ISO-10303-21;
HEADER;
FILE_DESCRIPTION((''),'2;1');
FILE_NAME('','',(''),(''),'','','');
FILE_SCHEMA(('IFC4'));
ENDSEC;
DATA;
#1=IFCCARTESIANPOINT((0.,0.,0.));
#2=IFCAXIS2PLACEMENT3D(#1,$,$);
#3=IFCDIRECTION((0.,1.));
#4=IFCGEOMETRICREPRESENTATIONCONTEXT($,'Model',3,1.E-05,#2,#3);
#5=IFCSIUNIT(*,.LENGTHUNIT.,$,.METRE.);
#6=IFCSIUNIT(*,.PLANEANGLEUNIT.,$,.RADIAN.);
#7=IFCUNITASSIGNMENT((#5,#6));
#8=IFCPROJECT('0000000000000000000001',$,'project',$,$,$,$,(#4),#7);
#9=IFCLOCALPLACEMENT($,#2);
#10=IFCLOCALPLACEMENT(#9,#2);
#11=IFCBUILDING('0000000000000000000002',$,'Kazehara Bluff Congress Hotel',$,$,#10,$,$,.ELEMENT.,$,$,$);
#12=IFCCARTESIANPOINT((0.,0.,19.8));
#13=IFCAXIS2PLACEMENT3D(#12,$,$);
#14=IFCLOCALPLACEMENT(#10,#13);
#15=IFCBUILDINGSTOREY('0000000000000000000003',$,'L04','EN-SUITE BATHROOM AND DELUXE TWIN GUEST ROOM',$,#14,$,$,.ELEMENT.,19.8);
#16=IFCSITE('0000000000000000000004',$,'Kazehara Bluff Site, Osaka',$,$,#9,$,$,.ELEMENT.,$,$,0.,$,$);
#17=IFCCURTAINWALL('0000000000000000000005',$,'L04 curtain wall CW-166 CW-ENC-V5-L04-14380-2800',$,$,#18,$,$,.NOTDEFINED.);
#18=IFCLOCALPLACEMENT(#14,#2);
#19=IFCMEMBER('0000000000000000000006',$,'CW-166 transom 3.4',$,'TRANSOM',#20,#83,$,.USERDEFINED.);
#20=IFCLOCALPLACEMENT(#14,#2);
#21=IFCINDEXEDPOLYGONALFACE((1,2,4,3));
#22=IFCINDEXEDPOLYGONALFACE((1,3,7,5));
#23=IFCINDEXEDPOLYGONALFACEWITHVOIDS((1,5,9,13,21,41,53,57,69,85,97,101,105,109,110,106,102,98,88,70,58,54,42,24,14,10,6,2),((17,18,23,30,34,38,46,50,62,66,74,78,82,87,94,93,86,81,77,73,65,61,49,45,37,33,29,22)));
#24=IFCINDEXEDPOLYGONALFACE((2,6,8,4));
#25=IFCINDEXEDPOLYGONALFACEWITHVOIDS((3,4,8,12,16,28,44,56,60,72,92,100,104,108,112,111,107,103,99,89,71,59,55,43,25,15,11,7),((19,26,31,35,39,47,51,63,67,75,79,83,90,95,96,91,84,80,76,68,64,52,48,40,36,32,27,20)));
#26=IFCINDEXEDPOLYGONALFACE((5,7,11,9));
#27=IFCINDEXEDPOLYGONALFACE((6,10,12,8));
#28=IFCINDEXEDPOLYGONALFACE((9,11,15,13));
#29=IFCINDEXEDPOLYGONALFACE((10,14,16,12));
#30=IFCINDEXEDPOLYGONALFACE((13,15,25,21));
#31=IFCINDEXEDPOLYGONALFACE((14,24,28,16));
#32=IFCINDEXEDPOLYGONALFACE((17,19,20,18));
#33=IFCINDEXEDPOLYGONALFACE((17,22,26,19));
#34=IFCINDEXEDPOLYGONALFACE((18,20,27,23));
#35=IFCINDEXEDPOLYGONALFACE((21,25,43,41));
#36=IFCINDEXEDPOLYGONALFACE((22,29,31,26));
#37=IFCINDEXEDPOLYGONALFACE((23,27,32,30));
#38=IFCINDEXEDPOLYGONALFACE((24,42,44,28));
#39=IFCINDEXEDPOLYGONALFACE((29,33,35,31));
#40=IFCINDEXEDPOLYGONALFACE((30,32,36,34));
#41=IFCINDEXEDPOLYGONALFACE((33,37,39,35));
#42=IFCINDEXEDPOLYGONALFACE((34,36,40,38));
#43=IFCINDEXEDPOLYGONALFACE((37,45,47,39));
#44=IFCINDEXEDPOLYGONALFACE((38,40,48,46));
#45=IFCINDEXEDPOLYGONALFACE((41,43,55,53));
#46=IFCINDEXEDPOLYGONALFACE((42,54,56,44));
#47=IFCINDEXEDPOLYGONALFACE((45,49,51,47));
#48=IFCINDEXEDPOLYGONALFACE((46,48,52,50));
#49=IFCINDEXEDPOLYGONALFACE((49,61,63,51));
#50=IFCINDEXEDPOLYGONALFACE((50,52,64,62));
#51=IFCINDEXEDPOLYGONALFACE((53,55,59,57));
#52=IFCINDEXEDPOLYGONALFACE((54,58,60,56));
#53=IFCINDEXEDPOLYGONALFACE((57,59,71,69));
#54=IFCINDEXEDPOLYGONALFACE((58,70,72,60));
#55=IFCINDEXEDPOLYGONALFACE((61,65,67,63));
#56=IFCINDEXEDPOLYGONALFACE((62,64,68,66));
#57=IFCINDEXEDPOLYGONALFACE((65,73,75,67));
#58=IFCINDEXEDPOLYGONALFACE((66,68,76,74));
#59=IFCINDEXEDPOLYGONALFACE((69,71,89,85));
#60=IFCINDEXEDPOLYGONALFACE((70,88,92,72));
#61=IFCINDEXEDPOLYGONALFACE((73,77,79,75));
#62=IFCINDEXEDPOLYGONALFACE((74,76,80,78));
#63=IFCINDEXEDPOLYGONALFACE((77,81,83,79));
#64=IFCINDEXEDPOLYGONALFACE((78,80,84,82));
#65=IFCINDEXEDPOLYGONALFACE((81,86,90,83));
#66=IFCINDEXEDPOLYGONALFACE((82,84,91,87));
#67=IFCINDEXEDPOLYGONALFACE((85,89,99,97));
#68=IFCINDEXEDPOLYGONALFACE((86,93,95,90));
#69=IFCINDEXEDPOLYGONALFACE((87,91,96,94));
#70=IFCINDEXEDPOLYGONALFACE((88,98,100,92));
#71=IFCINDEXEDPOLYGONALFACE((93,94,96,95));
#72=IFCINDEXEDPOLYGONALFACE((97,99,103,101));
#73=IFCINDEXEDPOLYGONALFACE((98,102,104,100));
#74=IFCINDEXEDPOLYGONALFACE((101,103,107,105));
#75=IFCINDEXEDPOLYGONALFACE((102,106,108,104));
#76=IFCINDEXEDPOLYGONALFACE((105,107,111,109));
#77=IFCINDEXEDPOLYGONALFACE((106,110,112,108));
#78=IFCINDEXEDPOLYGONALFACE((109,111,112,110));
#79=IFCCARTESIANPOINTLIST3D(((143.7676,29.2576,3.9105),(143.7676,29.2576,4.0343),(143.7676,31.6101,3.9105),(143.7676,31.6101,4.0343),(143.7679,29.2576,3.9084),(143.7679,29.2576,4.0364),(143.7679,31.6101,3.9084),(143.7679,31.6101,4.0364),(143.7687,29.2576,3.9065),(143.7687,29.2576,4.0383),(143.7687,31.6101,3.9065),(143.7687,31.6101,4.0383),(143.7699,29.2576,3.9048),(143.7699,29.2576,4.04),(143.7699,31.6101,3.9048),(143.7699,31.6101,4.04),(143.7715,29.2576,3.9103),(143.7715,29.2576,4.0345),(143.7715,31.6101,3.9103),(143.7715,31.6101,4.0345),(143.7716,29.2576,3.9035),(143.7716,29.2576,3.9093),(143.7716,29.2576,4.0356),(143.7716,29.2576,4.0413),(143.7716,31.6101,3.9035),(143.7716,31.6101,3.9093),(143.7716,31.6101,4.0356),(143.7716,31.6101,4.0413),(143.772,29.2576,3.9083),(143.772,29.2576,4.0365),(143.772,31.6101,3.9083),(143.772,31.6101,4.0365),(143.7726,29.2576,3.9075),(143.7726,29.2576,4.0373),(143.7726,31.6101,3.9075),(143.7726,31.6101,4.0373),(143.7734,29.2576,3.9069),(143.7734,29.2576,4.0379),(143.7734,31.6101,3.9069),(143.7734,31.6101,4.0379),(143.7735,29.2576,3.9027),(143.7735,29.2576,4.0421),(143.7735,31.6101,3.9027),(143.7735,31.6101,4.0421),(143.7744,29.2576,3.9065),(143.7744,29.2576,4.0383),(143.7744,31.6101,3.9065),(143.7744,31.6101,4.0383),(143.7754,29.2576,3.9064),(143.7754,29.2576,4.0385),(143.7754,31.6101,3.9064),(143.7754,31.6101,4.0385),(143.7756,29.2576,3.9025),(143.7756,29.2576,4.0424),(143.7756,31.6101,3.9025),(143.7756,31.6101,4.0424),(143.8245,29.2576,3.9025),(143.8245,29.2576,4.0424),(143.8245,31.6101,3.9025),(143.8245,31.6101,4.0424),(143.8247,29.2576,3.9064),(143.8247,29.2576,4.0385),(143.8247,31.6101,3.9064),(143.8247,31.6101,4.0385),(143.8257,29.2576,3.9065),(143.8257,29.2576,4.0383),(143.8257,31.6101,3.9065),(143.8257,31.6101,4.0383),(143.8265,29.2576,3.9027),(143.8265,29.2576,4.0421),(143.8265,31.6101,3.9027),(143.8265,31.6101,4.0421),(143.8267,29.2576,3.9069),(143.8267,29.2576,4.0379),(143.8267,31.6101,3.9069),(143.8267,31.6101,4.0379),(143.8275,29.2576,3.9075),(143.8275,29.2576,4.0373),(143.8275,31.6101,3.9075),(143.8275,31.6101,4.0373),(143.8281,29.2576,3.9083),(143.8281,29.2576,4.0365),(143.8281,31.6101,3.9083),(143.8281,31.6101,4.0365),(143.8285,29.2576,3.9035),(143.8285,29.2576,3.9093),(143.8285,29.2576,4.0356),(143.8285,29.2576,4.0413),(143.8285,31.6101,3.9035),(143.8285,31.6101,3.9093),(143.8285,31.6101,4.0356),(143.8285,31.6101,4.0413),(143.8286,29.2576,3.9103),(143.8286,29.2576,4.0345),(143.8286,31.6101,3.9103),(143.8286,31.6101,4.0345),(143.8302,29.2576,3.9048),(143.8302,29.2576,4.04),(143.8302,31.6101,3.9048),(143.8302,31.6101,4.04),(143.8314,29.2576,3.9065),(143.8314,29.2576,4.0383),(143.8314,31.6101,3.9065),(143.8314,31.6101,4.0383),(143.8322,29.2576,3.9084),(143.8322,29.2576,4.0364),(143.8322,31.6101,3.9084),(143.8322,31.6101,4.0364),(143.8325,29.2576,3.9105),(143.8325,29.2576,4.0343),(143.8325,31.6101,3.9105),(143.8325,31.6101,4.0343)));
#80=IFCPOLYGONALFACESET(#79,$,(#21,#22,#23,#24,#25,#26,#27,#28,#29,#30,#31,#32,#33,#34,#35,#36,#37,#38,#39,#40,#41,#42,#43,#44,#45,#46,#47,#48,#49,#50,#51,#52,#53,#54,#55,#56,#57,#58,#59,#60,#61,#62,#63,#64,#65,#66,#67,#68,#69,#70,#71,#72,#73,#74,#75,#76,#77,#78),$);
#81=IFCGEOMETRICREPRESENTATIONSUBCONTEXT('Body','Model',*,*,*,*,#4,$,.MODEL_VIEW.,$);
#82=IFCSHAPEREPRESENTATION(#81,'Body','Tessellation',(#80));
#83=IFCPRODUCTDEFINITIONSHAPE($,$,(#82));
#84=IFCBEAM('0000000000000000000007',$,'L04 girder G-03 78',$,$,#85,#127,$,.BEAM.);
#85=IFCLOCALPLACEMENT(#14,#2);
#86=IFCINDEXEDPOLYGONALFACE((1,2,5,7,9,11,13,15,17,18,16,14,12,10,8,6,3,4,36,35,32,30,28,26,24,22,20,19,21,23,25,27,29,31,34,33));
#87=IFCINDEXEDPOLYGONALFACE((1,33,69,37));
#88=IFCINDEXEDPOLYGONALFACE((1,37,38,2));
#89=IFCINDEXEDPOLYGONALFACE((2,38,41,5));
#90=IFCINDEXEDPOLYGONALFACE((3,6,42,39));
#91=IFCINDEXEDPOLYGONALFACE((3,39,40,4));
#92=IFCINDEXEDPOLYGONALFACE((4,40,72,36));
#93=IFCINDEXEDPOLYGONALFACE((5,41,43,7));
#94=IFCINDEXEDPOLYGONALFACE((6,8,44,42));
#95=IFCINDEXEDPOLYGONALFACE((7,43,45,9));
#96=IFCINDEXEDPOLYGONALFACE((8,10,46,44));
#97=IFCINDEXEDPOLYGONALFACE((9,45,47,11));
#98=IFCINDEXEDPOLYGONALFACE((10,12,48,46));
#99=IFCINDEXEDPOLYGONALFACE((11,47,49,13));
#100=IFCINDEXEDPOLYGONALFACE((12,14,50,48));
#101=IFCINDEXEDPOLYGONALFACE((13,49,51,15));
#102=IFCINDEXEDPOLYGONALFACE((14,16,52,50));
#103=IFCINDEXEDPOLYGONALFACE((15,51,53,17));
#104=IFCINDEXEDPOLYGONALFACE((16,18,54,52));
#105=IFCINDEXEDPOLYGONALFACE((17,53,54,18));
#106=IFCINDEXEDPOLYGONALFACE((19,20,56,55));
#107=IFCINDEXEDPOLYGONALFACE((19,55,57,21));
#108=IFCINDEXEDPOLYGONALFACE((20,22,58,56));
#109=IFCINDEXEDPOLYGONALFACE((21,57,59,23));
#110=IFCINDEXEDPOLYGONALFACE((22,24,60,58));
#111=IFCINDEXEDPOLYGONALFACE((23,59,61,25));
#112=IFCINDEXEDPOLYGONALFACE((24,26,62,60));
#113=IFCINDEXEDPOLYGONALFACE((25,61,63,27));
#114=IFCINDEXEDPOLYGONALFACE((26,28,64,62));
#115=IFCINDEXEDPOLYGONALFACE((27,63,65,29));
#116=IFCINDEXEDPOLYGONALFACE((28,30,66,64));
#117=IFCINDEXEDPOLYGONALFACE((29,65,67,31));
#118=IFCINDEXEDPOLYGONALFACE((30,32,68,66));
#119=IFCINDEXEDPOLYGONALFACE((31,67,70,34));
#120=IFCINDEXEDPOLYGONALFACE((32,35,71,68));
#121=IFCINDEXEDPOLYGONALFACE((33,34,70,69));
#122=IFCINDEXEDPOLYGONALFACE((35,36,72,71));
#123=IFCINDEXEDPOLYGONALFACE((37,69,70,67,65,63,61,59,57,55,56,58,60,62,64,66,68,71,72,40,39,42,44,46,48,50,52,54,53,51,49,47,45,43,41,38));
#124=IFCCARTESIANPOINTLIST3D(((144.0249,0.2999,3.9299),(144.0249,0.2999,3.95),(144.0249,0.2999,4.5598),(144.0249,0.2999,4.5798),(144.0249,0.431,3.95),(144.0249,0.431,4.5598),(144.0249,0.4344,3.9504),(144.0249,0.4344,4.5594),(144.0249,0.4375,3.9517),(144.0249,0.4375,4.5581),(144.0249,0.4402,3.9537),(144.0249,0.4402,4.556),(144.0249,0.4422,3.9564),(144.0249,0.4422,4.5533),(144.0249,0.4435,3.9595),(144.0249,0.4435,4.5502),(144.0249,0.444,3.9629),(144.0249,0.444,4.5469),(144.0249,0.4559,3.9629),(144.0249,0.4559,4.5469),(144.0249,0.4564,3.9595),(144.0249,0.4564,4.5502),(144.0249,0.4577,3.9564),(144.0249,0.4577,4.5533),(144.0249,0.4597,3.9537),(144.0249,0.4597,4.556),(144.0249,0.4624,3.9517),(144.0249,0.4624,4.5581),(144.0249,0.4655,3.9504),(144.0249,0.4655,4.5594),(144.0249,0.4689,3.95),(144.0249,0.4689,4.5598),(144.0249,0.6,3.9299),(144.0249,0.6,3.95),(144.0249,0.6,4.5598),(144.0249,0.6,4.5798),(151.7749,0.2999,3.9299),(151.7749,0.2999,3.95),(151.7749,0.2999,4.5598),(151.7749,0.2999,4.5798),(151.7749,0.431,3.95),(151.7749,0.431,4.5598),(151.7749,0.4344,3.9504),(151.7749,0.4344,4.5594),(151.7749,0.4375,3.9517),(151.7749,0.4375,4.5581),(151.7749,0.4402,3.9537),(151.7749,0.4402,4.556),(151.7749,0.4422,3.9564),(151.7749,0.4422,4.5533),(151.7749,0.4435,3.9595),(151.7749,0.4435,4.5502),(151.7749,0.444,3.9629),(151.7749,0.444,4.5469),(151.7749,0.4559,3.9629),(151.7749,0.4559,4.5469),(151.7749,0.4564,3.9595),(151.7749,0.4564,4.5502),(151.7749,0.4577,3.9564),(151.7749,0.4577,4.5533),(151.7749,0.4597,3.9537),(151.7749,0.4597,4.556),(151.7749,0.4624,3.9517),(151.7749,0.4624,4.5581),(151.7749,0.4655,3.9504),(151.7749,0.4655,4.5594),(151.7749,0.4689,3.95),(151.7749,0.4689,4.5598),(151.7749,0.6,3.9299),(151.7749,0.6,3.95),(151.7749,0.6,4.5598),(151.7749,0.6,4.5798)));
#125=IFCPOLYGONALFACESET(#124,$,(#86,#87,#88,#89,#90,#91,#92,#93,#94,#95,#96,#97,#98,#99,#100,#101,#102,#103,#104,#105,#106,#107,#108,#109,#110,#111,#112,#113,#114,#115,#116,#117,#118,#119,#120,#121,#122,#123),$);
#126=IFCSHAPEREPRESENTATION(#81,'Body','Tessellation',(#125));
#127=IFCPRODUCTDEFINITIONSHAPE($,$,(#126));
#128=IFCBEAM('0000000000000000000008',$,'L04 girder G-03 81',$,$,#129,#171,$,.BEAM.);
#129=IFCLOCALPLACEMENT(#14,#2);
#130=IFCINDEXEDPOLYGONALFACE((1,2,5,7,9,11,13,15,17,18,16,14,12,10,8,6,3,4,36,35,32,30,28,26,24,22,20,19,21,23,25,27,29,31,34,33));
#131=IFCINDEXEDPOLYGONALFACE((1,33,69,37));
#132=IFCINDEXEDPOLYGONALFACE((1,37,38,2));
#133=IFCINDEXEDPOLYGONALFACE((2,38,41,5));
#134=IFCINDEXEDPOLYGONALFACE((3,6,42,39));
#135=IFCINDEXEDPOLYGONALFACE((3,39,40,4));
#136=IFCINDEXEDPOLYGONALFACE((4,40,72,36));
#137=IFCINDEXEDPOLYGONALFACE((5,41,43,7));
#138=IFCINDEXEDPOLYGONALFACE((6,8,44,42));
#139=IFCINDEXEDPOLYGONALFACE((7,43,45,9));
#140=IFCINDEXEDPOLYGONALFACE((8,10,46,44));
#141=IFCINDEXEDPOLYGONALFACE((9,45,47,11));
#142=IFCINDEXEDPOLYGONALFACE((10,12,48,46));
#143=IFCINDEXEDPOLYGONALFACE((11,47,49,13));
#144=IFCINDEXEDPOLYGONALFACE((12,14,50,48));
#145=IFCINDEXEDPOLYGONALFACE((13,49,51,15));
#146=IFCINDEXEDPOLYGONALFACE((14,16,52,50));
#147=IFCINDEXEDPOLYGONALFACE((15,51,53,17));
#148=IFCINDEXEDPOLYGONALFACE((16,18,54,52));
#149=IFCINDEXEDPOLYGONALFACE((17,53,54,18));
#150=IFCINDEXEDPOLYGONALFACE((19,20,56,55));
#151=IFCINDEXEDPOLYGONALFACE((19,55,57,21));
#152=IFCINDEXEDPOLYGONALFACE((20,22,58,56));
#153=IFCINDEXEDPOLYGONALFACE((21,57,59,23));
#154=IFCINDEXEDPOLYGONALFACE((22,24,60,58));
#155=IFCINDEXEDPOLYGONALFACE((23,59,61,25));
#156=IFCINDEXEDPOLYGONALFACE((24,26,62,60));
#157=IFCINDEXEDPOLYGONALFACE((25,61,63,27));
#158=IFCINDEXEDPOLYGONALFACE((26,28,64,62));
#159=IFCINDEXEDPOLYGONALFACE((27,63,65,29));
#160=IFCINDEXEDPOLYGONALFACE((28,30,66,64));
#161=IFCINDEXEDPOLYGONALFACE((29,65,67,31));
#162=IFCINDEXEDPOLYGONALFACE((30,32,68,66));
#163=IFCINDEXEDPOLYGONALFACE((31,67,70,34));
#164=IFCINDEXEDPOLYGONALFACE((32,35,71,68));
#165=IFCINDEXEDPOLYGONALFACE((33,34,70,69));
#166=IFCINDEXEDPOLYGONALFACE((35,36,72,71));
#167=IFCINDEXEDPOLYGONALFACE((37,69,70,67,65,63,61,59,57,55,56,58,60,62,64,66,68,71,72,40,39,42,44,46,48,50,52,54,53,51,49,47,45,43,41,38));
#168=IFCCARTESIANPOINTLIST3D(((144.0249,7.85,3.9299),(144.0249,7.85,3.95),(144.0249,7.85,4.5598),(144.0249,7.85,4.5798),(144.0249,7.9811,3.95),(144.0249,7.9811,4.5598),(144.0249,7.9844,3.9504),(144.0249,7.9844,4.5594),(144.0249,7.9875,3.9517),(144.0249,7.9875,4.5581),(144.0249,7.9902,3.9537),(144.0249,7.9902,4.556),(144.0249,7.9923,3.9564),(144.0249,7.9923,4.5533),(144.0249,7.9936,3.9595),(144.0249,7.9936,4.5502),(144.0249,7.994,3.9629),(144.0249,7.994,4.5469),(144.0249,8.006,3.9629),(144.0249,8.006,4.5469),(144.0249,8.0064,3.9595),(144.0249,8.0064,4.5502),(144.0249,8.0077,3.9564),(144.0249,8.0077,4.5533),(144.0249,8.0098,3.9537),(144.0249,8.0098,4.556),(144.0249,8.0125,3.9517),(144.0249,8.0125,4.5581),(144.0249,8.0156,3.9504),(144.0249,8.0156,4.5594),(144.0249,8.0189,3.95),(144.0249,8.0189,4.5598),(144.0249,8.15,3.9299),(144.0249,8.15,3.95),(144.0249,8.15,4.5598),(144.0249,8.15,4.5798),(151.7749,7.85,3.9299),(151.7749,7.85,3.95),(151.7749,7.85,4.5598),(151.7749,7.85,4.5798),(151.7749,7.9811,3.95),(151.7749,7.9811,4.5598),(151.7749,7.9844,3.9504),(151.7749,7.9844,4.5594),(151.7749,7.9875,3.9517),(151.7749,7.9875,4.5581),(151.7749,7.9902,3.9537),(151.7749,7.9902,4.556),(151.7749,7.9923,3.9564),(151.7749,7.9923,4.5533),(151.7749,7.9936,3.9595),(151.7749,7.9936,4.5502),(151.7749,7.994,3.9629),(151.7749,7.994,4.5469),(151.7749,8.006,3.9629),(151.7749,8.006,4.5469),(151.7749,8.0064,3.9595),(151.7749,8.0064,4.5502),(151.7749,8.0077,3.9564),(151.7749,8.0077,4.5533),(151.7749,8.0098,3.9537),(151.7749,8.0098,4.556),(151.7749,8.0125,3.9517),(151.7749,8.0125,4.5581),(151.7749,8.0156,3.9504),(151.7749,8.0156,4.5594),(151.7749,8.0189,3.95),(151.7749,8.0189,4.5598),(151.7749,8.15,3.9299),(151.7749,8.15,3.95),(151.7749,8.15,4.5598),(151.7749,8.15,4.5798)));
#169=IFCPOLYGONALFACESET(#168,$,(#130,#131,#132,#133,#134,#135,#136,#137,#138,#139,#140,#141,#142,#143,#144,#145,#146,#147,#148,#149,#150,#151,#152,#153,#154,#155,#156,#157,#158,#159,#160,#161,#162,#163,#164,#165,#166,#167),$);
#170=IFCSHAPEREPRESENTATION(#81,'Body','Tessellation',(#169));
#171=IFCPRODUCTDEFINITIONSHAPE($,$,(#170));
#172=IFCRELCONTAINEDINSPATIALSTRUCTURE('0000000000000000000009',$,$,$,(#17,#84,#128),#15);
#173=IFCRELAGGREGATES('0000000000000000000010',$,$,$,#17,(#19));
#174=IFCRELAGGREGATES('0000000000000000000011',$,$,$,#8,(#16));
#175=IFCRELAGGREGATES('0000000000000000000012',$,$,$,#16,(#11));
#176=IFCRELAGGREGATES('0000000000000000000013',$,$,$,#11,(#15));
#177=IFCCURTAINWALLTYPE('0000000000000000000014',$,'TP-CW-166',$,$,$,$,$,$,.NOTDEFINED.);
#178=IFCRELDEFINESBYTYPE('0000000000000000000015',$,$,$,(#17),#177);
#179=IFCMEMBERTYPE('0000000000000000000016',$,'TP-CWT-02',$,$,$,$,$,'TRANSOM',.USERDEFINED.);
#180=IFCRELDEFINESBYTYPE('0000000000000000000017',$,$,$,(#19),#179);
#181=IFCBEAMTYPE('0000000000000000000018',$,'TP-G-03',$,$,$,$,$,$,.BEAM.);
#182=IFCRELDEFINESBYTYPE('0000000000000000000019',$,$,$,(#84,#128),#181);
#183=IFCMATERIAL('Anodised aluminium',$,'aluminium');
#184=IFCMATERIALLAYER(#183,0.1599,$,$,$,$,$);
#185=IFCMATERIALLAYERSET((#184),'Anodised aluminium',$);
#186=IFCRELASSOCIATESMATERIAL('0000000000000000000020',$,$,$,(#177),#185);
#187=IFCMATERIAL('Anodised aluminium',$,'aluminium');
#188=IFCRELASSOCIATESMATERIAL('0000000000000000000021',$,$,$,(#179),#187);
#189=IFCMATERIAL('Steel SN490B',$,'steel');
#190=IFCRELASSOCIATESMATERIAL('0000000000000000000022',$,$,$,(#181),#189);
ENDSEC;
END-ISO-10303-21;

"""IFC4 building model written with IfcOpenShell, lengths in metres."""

from ifc_helpers import new_model, si_unit, direction, frame, origin, origin_2d, place, context, subcontext, project, spatial, hollow_rectangle, i_section, extrude, material, layer, layer_set, material_profile, profile_set, type_object, element, aggregate, save


model = new_model("IFC4")

# Units and contexts
model_context = context("Model", 3, precision=1e-05, world=origin(), true_north=direction((0.0, 1.0)))
body_context = subcontext(model_context, "Body", "Model", "MODEL_VIEW")
ifc_project = project(units=[si_unit("LENGTHUNIT", "METRE"), si_unit("PLANEANGLEUNIT", "RADIAN")], contexts=[model_context])

# Site, building, storey
site_placement = place(None, origin())
site = spatial("IfcSite", under=ifc_project, at=site_placement, Name="Kazehara Bluff Site, Osaka", CompositionType="ELEMENT", RefElevation=0.0)
building_placement = place(site_placement, origin())
building = spatial("IfcBuilding", under=site, at=building_placement, Name="Kazehara Bluff Congress Hotel", CompositionType="ELEMENT")
storey_placement = place(building_placement, frame((0.0, 0.0, 19.8)))
storey = spatial("IfcBuildingStorey", under=building, at=storey_placement, Name="L04", Description="EN-SUITE BATHROOM AND DELUXE TWIN GUEST ROOM", CompositionType="ELEMENT", Elevation=19.8)

# Curtain wall, member
ifc_material_1 = material(Name="Anodised aluminium", Category="aluminium")
ifc_layer_1 = layer(ifc_material_1, 0.1599)
ifc_layer_set_1 = layer_set([ifc_layer_1], Name="Anodised aluminium")
curtain_wall_type_1 = type_object("IfcCurtainWallType", Name="TP-CW-166", PredefinedType="NOTDEFINED", material=ifc_layer_set_1)
curtain_wall_1_placement = place(storey_placement, origin())
curtain_wall_1 = element("IfcCurtainWall", 1, at=curtain_wall_1_placement, inside=storey, type_object=curtain_wall_type_1, Name="L04 curtain wall CW-166 CW-ENC-V5-L04-14380-2800", PredefinedType="NOTDEFINED")
ifc_material_2 = material(Name="Anodised aluminium", Category="aluminium")
ifc_material_profile_1 = material_profile(ifc_material_2, hollow_rectangle(XDim=0.0649, YDim=0.1399, WallThickness=0.0039, InnerFilletRadius=0.0039, OuterFilletRadius=0.0081, at=origin_2d()))
ifc_profile_set_1 = profile_set([ifc_material_profile_1], Name="Anodised aluminium")
member_type_1 = type_object("IfcMemberType", Name="TP-CWT-02", ElementType="TRANSOM", PredefinedType="USERDEFINED", material=ifc_profile_set_1)
member_1_placement = place(storey_placement, frame((143.8, 29.2576, 3.9724), z_axis=(0.0, 1.0, 0.0), x_axis=(-1.0, 0.0, 0.0)))
member_1 = element("IfcMember", 2, at=member_1_placement, type_object=member_type_1, Name="CW-166 transom 3.4", ObjectType="TRANSOM", PredefinedType="USERDEFINED", context=body_context, shape_type="SweptSolid", body=[
    extrude(hollow_rectangle(XDim=0.0649, YDim=0.1399, WallThickness=0.0039, InnerFilletRadius=0.0039, OuterFilletRadius=0.0081, at=origin_2d()), origin(), (0.0, 0.0, 1.0), 2.3525),
])

# Beams
ifc_material_3 = material(Name="Steel SN490B", Category="steel")
ifc_material_profile_2 = material_profile(ifc_material_3, i_section(OverallWidth=0.3, OverallDepth=0.6499, WebThickness=0.012, FlangeThickness=0.02, FilletRadius=0.0129, at=origin_2d()))
ifc_profile_set_2 = profile_set([ifc_material_profile_2], Name="Steel SN490B")
beam_type_1 = type_object("IfcBeamType", Name="TP-G-03", PredefinedType="BEAM", material=ifc_profile_set_2)
for number, where, z_axis, x_axis, name in (
    (3, (144.0249, 0.45, 4.2549), (1.0, 0.0, 0.0), (0.0, 1.0, 0.0), "L04 girder G-03 78"),
    (4, (144.0249, 8.0, 4.2549), (1.0, 0.0, 0.0), (0.0, 1.0, 0.0), "L04 girder G-03 81"),
):
    element("IfcBeam", number, at=place(storey_placement, frame(where, z_axis=z_axis, x_axis=x_axis)), inside=storey, type_object=beam_type_1, Name=name, PredefinedType="BEAM", context=body_context, shape_type="SweptSolid", body=[
        extrude(i_section(OverallWidth=0.3, OverallDepth=0.6499, WebThickness=0.012, FlangeThickness=0.02, FilletRadius=0.0129, at=origin_2d()), origin(), (0.0, 0.0, 1.0), 7.75),
    ])

aggregate(curtain_wall_1, [member_1])

save(model, "model.ifc")
